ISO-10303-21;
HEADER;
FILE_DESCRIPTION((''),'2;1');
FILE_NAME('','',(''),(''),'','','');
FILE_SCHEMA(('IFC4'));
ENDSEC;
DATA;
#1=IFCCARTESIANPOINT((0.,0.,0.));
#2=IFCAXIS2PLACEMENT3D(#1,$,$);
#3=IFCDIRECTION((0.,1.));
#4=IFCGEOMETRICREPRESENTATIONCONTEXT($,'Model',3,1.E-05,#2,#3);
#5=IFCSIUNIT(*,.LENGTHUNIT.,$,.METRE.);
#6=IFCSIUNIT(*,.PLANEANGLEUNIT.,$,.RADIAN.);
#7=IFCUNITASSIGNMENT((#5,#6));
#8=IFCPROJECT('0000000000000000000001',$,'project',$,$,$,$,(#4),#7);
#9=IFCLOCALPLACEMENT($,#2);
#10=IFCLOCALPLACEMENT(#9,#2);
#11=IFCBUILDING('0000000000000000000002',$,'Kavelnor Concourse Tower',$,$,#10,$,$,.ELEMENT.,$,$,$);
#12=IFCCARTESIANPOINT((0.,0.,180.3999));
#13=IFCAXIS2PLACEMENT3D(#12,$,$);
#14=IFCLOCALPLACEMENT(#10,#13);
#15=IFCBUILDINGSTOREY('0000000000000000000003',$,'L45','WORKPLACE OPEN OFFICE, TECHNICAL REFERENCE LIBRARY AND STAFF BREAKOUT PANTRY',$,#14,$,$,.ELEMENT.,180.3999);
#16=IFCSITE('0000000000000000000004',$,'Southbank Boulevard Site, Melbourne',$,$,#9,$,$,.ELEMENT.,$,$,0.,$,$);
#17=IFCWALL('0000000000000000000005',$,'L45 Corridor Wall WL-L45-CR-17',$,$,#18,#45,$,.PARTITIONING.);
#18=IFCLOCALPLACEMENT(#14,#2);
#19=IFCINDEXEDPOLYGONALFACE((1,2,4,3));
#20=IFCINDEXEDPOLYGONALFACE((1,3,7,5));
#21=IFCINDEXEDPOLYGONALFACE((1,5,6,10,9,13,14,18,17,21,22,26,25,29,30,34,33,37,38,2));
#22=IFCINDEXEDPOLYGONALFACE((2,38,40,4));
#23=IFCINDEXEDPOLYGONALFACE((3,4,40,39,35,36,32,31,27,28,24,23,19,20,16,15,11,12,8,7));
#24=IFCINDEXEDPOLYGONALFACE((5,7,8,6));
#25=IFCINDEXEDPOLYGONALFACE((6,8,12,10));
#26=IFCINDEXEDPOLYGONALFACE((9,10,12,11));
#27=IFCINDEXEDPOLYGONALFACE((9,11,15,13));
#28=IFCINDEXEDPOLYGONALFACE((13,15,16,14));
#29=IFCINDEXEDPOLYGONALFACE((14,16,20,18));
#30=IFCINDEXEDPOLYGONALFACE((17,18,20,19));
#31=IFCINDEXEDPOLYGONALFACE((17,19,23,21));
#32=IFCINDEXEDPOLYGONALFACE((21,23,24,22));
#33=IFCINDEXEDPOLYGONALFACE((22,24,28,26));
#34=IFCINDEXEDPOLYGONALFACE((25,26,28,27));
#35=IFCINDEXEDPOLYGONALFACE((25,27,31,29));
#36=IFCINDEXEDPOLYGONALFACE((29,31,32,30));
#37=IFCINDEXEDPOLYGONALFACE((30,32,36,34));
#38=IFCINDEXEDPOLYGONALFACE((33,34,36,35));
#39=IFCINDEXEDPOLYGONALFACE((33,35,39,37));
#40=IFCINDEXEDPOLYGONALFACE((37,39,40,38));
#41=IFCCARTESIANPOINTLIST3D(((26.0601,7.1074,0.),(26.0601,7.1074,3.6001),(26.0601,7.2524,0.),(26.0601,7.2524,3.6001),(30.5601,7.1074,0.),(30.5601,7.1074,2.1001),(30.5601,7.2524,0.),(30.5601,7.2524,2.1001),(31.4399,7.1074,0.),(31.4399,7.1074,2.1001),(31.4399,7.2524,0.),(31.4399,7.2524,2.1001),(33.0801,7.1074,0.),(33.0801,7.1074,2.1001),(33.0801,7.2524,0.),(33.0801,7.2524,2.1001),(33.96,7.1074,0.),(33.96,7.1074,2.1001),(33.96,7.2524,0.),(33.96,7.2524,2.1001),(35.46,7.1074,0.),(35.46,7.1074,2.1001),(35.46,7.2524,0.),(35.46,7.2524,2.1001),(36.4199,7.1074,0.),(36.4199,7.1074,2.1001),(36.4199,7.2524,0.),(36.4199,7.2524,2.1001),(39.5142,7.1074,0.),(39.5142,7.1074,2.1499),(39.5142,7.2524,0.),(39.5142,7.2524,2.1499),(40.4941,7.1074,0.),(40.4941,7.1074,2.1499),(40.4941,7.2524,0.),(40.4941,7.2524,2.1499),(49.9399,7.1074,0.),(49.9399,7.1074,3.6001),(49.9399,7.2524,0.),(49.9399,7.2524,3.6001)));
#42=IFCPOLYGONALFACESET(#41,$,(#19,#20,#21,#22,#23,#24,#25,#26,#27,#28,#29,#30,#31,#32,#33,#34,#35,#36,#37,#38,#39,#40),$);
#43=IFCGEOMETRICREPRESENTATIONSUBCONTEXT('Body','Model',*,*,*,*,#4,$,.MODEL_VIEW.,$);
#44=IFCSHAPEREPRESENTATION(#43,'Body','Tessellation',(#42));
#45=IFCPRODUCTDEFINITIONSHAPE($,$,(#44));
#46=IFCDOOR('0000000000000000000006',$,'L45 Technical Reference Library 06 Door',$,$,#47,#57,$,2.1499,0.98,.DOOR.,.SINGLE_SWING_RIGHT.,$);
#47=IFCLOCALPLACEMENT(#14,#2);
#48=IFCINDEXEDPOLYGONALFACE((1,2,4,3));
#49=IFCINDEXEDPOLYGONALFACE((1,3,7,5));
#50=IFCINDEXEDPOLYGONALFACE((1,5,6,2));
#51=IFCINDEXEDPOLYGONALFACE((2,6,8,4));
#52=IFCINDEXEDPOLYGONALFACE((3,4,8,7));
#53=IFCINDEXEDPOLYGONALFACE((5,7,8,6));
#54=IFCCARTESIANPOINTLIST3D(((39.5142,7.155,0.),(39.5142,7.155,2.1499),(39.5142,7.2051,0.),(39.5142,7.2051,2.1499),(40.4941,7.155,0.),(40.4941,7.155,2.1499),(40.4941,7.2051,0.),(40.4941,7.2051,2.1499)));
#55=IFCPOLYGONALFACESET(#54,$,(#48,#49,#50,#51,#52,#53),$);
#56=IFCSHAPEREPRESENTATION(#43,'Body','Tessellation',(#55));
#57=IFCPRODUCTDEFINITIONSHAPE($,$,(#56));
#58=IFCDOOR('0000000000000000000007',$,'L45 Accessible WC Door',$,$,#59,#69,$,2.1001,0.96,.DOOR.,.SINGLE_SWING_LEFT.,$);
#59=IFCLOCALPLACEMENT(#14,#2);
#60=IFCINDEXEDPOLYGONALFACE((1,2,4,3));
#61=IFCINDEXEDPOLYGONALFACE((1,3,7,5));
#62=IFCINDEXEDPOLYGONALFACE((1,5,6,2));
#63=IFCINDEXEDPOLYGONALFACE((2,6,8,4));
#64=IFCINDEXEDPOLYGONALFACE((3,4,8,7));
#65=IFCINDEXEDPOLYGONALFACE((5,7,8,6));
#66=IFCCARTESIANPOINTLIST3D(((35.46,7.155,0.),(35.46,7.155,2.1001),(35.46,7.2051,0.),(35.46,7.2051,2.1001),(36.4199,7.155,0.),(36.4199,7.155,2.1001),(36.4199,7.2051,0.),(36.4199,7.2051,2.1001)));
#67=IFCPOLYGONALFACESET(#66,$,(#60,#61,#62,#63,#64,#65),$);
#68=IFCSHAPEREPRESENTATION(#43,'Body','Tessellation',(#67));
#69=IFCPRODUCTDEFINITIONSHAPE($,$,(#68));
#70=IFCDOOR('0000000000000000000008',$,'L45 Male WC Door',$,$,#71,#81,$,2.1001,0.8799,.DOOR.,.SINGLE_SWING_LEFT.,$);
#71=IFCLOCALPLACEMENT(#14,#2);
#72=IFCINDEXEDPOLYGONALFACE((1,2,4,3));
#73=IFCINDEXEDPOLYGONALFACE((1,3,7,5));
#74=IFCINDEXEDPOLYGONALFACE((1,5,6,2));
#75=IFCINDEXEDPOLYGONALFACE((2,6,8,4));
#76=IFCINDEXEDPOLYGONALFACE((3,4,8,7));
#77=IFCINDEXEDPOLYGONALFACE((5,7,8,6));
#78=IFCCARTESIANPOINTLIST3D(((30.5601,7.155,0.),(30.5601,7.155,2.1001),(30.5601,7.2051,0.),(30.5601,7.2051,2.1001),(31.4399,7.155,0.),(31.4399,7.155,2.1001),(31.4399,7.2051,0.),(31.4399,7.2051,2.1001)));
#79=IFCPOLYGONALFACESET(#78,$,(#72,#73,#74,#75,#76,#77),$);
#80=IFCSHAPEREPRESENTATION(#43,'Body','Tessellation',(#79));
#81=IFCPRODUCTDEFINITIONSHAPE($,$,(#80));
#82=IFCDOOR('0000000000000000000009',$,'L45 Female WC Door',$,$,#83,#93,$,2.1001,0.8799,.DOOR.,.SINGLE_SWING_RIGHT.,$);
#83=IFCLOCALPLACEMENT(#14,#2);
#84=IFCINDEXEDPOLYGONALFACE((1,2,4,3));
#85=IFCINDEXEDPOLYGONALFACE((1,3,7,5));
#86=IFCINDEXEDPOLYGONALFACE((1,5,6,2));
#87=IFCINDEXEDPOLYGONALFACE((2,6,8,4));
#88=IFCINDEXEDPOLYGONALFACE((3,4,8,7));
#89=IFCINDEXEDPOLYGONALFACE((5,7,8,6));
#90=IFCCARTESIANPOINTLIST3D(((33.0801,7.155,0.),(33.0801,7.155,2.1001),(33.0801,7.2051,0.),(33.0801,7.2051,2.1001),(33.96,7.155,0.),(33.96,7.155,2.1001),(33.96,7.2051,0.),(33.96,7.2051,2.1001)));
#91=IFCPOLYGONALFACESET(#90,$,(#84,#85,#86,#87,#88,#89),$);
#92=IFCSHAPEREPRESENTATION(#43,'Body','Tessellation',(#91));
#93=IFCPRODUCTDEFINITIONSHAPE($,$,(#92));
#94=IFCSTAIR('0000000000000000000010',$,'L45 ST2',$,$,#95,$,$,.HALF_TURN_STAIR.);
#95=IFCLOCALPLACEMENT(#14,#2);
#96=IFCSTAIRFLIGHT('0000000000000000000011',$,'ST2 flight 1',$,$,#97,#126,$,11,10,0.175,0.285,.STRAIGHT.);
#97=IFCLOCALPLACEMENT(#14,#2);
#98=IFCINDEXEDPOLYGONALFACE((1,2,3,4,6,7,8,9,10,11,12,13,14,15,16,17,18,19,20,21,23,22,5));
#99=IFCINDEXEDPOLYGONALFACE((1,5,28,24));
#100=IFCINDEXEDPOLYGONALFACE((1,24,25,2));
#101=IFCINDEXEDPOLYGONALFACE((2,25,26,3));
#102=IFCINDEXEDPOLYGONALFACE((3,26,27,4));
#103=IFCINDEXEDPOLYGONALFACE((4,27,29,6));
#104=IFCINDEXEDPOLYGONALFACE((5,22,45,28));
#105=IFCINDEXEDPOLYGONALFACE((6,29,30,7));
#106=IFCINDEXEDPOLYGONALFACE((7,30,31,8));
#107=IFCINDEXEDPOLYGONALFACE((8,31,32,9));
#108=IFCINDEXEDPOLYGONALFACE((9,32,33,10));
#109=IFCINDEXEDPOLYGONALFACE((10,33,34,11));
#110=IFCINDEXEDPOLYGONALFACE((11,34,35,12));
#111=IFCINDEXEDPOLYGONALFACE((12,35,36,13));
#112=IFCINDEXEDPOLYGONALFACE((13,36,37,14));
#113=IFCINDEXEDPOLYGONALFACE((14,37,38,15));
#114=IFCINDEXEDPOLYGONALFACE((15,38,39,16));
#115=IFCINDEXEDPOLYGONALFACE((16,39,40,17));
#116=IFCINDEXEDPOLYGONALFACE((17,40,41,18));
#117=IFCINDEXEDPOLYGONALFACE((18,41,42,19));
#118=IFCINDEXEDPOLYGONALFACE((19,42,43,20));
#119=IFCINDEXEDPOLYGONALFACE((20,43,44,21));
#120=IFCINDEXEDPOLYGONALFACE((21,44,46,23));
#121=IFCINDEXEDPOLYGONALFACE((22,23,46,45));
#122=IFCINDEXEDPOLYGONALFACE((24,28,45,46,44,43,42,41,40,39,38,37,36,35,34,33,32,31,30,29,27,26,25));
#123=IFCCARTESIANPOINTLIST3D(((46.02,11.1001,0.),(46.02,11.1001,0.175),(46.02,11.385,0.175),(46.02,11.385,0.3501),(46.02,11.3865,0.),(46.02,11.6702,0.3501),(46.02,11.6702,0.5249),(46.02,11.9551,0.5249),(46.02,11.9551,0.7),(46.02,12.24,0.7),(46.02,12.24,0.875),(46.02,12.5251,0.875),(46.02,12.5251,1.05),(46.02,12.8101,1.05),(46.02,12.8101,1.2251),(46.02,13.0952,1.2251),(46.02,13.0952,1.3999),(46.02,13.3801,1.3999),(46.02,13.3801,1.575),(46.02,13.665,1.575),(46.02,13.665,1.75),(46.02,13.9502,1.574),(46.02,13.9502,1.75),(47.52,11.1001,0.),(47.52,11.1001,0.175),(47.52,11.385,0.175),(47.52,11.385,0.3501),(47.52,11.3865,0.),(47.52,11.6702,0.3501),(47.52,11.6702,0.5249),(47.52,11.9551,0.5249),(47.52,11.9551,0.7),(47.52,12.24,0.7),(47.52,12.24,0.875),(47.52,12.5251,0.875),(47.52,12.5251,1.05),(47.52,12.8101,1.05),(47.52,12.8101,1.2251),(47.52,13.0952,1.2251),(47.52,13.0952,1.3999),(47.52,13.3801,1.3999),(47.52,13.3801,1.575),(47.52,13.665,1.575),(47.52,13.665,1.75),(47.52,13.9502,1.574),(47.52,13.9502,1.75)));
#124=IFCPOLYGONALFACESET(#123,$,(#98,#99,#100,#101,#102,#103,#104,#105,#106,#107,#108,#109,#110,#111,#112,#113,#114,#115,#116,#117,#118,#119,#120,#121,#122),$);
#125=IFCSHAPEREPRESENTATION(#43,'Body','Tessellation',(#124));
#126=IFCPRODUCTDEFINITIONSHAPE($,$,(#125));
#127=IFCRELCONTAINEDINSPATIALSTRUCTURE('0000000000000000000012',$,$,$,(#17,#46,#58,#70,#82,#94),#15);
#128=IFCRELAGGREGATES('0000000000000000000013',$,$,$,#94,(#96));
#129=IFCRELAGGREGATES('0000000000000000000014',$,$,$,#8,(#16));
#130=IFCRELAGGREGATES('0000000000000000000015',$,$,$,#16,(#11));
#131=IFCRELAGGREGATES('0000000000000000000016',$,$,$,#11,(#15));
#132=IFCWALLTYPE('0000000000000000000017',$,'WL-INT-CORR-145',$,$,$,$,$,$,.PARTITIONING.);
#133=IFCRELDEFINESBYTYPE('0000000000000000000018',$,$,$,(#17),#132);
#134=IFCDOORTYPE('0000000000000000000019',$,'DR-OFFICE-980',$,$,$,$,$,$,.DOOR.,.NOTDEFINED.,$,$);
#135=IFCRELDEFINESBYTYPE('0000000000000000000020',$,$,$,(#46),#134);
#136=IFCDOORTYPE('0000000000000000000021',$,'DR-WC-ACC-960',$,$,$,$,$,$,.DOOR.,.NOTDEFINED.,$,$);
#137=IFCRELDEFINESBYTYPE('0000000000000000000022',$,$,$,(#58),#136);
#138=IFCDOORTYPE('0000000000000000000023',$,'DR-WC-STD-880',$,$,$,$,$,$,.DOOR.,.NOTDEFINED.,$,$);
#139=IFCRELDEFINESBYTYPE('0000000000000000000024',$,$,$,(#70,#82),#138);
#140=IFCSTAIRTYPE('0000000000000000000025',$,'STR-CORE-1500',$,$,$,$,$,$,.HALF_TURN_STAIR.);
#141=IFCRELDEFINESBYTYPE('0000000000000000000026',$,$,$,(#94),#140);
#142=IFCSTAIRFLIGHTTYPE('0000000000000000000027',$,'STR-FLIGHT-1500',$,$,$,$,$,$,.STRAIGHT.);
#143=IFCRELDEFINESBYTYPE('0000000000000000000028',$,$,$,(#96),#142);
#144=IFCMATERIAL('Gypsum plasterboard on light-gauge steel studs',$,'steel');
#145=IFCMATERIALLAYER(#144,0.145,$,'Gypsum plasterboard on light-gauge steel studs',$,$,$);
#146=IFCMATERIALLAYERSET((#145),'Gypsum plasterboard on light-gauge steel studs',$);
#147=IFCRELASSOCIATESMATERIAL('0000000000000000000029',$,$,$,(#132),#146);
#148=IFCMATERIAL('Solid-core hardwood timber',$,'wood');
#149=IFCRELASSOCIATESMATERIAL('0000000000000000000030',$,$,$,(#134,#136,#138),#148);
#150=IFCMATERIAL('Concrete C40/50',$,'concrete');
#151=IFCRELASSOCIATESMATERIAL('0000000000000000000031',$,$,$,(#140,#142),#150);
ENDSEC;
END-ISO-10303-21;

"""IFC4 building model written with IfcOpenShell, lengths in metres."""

from ifc_helpers import new_model, si_unit, direction, frame, frame_2d, origin, place, context, subcontext, project, spatial, polyline, rectangle, outline, extrude, material, layer, layer_set, type_object, element, fill, aggregate, save


model = new_model("IFC4")

# Units and contexts
model_context = context("Model", 3, precision=1e-05, world=origin(), true_north=direction((0.0, 1.0)))
body_context = subcontext(model_context, "Body", "Model", "MODEL_VIEW")
ifc_project = project(units=[si_unit("LENGTHUNIT", "METRE"), si_unit("PLANEANGLEUNIT", "RADIAN")], contexts=[model_context])

# Site, building, storey
site_placement = place(None, origin())
site = spatial("IfcSite", under=ifc_project, at=site_placement, Name="Southbank Boulevard Site, Melbourne", CompositionType="ELEMENT", RefElevation=0.0)
building_placement = place(site_placement, origin())
building = spatial("IfcBuilding", under=site, at=building_placement, Name="Kavelnor Concourse Tower", CompositionType="ELEMENT")
storey_placement = place(building_placement, frame((0.0, 0.0, 180.3999)))
storey = spatial("IfcBuildingStorey", under=building, at=storey_placement, Name="L45", Description="WORKPLACE OPEN OFFICE, TECHNICAL REFERENCE LIBRARY AND STAFF BREAKOUT PANTRY", CompositionType="ELEMENT", Elevation=180.3999)

# Shared definitions
ifc_material_1 = material(Name="Gypsum plasterboard on light-gauge steel studs", Category="steel")
ifc_layer_1 = layer(ifc_material_1, 0.145, Name="Gypsum plasterboard on light-gauge steel studs")
ifc_layer_set_1 = layer_set([ifc_layer_1], Name="Gypsum plasterboard on light-gauge steel studs")
wall_type_1 = type_object("IfcWallType", Name="WL-INT-CORR-145", PredefinedType="PARTITIONING", material=ifc_layer_set_1)

# Shared definitions
ifc_material_2 = material(Name="Solid-core hardwood timber", Category="wood")

# Wall, openings, doors
wall_1_placement = place(storey_placement, frame((49.9399, 7.1799, 0.0), z_axis=(0.0, 0.0, 1.0), x_axis=(-1.0, 0.0, 0.0)))
wall_1 = element("IfcWall", 1, at=wall_1_placement, inside=storey, type_object=wall_type_1, Name="L45 Corridor Wall WL-L45-CR-17", PredefinedType="PARTITIONING", context=body_context, shape_type="SweptSolid", body=[
    extrude(rectangle(XDim=23.8799, YDim=0.145, at=frame_2d((11.9399, 0.0))), origin(), (0.0, 0.0, 1.0), 3.6001),
])
opening_1_placement = place(wall_1_placement, frame((18.5, 0.0, 0.0)))
opening_1 = element("IfcOpeningElement", 2, at=opening_1_placement, cuts=wall_1, PredefinedType="OPENING", context=body_context, shape_type="SweptSolid", body=[
    extrude(rectangle(XDim=0.8799, YDim=2.1001, at=frame_2d((0.4399, 1.05))), frame((0.0, 0.0825, 0.0), z_axis=(0.0, -1.0, 0.0), x_axis=(1.0, 0.0, 0.0)), (0.0, 0.0, 1.0), 0.165),
])
opening_2_placement = place(wall_1_placement, frame((15.98, 0.0, 0.0)))
opening_2 = element("IfcOpeningElement", 3, at=opening_2_placement, cuts=wall_1, PredefinedType="OPENING", context=body_context, shape_type="SweptSolid", body=[
    extrude(rectangle(XDim=0.8799, YDim=2.1001, at=frame_2d((0.4399, 1.05))), frame((0.0, 0.0825, 0.0), z_axis=(0.0, -1.0, 0.0), x_axis=(1.0, 0.0, 0.0)), (0.0, 0.0, 1.0), 0.165),
])
opening_3_placement = place(wall_1_placement, frame((13.52, 0.0, 0.0)))
opening_3 = element("IfcOpeningElement", 4, at=opening_3_placement, cuts=wall_1, PredefinedType="OPENING", context=body_context, shape_type="SweptSolid", body=[
    extrude(rectangle(XDim=0.96, YDim=2.1001, at=frame_2d((0.48, 1.05))), frame((0.0, 0.0825, 0.0), z_axis=(0.0, -1.0, 0.0), x_axis=(1.0, 0.0, 0.0)), (0.0, 0.0, 1.0), 0.165),
])
opening_4_placement = place(wall_1_placement, frame((9.4458, 0.0, 0.0)))
opening_4 = element("IfcOpeningElement", 5, at=opening_4_placement, cuts=wall_1, PredefinedType="OPENING", context=body_context, shape_type="SweptSolid", body=[
    extrude(rectangle(XDim=0.98, YDim=2.1499, at=frame_2d((0.49, 1.075))), frame((0.0, 0.0825, 0.0), z_axis=(0.0, -1.0, 0.0), x_axis=(1.0, 0.0, 0.0)), (0.0, 0.0, 1.0), 0.165),
])
door_type_1 = type_object("IfcDoorType", Name="DR-OFFICE-980", OperationType="NOTDEFINED", PredefinedType="DOOR", material=ifc_material_2)
door_1_placement = place(opening_4_placement, origin())
door_1 = element("IfcDoor", 6, at=door_1_placement, inside=storey, type_object=door_type_1, Name="L45 Technical Reference Library 06 Door", OperationType="SINGLE_SWING_RIGHT", OverallHeight=2.1499, OverallWidth=0.98, PredefinedType="DOOR", context=body_context, shape_type="SweptSolid", body=[
    extrude(rectangle(XDim=0.98, YDim=2.1499, at=frame_2d((0.49, 1.075))), frame((0.0, 0.0249, 0.0), z_axis=(0.0, -1.0, 0.0), x_axis=(1.0, 0.0, 0.0)), (0.0, 0.0, 1.0), 0.05),
])
fill(opening_4, door_1)
door_type_2 = type_object("IfcDoorType", Name="DR-WC-ACC-960", OperationType="NOTDEFINED", PredefinedType="DOOR", material=ifc_material_2)
door_2_placement = place(opening_3_placement, origin())
door_2 = element("IfcDoor", 7, at=door_2_placement, inside=storey, type_object=door_type_2, Name="L45 Accessible WC Door", OperationType="SINGLE_SWING_LEFT", OverallHeight=2.1001, OverallWidth=0.96, PredefinedType="DOOR", context=body_context, shape_type="SweptSolid", body=[
    extrude(rectangle(XDim=0.96, YDim=2.1001, at=frame_2d((0.48, 1.05))), frame((0.0, 0.0249, 0.0), z_axis=(0.0, -1.0, 0.0), x_axis=(1.0, 0.0, 0.0)), (0.0, 0.0, 1.0), 0.05),
])
fill(opening_3, door_2)
door_type_3 = type_object("IfcDoorType", Name="DR-WC-STD-880", OperationType="NOTDEFINED", PredefinedType="DOOR", material=ifc_material_2)
door_3_placement = place(opening_1_placement, origin())
door_3 = element("IfcDoor", 8, at=door_3_placement, inside=storey, type_object=door_type_3, Name="L45 Male WC Door", OperationType="SINGLE_SWING_LEFT", OverallHeight=2.1001, OverallWidth=0.8799, PredefinedType="DOOR", context=body_context, shape_type="SweptSolid", body=[
    extrude(rectangle(XDim=0.8799, YDim=2.1001, at=frame_2d((0.4399, 1.05))), frame((0.0, 0.0249, 0.0), z_axis=(0.0, -1.0, 0.0), x_axis=(1.0, 0.0, 0.0)), (0.0, 0.0, 1.0), 0.05),
])
fill(opening_1, door_3)
door_4_placement = place(opening_2_placement, origin())
door_4 = element("IfcDoor", 9, at=door_4_placement, inside=storey, type_object=door_type_3, Name="L45 Female WC Door", OperationType="SINGLE_SWING_RIGHT", OverallHeight=2.1001, OverallWidth=0.8799, PredefinedType="DOOR", context=body_context, shape_type="SweptSolid", body=[
    extrude(rectangle(XDim=0.8799, YDim=2.1001, at=frame_2d((0.4399, 1.05))), frame((0.0, 0.0249, 0.0), z_axis=(0.0, -1.0, 0.0), x_axis=(1.0, 0.0, 0.0)), (0.0, 0.0, 1.0), 0.05),
])
fill(opening_2, door_4)

# Stair, stair flight
ifc_material_3 = material(Name="Concrete C40/50", Category="concrete")
stair_type = type_object("IfcStairType", Name="STR-CORE-1500", PredefinedType="HALF_TURN_STAIR", material=ifc_material_3)
stair_placement = place(storey_placement, origin())
stair = element("IfcStair", 10, at=stair_placement, inside=storey, type_object=stair_type, Name="L45 ST2", PredefinedType="HALF_TURN_STAIR")
stair_flight_type = type_object("IfcStairFlightType", Name="STR-FLIGHT-1500", PredefinedType="STRAIGHT", material=ifc_material_3)
stair_flight_placement = place(storey_placement, frame((46.77, 11.1001, 0.0), z_axis=(0.0, 0.0, 1.0), x_axis=(0.0, 1.0, 0.0)))
stair_flight = element("IfcStairFlight", 11, at=stair_flight_placement, type_object=stair_flight_type, Name="ST2 flight 1", NumberOfRisers=11, NumberOfTreads=10, PredefinedType="STRAIGHT", RiserHeight=0.175, TreadLength=0.285, context=body_context, shape_type="SweptSolid", body=[
    extrude(outline(polyline([(0.0, 0.0), (0.0, 0.175), (0.2849, 0.175), (0.2849, 0.3501), (0.5701, 0.3501), (0.5701, 0.5249), (0.855, 0.5249), (0.855, 0.7), (1.1399, 0.7), (1.1399, 0.875), (1.425, 0.875), (1.425, 1.05), (1.71, 1.05), (1.71, 1.2251), (1.9951, 1.2251), (1.9951, 1.3999), (2.28, 1.3999), (2.28, 1.575), (2.5649, 1.575), (2.5649, 1.75), (2.8501, 1.75), (2.8501, 1.925), (2.8501, 1.574), (0.2864, 0.0), (0.0, 0.0)])), frame((0.0, 0.75, 0.0), z_axis=(0.0, -1.0, 0.0), x_axis=(1.0, 0.0, 0.0)), (0.0, 0.0, 1.0), 1.5),
])
aggregate(stair, [stair_flight])

save(model, "model.ifc")
